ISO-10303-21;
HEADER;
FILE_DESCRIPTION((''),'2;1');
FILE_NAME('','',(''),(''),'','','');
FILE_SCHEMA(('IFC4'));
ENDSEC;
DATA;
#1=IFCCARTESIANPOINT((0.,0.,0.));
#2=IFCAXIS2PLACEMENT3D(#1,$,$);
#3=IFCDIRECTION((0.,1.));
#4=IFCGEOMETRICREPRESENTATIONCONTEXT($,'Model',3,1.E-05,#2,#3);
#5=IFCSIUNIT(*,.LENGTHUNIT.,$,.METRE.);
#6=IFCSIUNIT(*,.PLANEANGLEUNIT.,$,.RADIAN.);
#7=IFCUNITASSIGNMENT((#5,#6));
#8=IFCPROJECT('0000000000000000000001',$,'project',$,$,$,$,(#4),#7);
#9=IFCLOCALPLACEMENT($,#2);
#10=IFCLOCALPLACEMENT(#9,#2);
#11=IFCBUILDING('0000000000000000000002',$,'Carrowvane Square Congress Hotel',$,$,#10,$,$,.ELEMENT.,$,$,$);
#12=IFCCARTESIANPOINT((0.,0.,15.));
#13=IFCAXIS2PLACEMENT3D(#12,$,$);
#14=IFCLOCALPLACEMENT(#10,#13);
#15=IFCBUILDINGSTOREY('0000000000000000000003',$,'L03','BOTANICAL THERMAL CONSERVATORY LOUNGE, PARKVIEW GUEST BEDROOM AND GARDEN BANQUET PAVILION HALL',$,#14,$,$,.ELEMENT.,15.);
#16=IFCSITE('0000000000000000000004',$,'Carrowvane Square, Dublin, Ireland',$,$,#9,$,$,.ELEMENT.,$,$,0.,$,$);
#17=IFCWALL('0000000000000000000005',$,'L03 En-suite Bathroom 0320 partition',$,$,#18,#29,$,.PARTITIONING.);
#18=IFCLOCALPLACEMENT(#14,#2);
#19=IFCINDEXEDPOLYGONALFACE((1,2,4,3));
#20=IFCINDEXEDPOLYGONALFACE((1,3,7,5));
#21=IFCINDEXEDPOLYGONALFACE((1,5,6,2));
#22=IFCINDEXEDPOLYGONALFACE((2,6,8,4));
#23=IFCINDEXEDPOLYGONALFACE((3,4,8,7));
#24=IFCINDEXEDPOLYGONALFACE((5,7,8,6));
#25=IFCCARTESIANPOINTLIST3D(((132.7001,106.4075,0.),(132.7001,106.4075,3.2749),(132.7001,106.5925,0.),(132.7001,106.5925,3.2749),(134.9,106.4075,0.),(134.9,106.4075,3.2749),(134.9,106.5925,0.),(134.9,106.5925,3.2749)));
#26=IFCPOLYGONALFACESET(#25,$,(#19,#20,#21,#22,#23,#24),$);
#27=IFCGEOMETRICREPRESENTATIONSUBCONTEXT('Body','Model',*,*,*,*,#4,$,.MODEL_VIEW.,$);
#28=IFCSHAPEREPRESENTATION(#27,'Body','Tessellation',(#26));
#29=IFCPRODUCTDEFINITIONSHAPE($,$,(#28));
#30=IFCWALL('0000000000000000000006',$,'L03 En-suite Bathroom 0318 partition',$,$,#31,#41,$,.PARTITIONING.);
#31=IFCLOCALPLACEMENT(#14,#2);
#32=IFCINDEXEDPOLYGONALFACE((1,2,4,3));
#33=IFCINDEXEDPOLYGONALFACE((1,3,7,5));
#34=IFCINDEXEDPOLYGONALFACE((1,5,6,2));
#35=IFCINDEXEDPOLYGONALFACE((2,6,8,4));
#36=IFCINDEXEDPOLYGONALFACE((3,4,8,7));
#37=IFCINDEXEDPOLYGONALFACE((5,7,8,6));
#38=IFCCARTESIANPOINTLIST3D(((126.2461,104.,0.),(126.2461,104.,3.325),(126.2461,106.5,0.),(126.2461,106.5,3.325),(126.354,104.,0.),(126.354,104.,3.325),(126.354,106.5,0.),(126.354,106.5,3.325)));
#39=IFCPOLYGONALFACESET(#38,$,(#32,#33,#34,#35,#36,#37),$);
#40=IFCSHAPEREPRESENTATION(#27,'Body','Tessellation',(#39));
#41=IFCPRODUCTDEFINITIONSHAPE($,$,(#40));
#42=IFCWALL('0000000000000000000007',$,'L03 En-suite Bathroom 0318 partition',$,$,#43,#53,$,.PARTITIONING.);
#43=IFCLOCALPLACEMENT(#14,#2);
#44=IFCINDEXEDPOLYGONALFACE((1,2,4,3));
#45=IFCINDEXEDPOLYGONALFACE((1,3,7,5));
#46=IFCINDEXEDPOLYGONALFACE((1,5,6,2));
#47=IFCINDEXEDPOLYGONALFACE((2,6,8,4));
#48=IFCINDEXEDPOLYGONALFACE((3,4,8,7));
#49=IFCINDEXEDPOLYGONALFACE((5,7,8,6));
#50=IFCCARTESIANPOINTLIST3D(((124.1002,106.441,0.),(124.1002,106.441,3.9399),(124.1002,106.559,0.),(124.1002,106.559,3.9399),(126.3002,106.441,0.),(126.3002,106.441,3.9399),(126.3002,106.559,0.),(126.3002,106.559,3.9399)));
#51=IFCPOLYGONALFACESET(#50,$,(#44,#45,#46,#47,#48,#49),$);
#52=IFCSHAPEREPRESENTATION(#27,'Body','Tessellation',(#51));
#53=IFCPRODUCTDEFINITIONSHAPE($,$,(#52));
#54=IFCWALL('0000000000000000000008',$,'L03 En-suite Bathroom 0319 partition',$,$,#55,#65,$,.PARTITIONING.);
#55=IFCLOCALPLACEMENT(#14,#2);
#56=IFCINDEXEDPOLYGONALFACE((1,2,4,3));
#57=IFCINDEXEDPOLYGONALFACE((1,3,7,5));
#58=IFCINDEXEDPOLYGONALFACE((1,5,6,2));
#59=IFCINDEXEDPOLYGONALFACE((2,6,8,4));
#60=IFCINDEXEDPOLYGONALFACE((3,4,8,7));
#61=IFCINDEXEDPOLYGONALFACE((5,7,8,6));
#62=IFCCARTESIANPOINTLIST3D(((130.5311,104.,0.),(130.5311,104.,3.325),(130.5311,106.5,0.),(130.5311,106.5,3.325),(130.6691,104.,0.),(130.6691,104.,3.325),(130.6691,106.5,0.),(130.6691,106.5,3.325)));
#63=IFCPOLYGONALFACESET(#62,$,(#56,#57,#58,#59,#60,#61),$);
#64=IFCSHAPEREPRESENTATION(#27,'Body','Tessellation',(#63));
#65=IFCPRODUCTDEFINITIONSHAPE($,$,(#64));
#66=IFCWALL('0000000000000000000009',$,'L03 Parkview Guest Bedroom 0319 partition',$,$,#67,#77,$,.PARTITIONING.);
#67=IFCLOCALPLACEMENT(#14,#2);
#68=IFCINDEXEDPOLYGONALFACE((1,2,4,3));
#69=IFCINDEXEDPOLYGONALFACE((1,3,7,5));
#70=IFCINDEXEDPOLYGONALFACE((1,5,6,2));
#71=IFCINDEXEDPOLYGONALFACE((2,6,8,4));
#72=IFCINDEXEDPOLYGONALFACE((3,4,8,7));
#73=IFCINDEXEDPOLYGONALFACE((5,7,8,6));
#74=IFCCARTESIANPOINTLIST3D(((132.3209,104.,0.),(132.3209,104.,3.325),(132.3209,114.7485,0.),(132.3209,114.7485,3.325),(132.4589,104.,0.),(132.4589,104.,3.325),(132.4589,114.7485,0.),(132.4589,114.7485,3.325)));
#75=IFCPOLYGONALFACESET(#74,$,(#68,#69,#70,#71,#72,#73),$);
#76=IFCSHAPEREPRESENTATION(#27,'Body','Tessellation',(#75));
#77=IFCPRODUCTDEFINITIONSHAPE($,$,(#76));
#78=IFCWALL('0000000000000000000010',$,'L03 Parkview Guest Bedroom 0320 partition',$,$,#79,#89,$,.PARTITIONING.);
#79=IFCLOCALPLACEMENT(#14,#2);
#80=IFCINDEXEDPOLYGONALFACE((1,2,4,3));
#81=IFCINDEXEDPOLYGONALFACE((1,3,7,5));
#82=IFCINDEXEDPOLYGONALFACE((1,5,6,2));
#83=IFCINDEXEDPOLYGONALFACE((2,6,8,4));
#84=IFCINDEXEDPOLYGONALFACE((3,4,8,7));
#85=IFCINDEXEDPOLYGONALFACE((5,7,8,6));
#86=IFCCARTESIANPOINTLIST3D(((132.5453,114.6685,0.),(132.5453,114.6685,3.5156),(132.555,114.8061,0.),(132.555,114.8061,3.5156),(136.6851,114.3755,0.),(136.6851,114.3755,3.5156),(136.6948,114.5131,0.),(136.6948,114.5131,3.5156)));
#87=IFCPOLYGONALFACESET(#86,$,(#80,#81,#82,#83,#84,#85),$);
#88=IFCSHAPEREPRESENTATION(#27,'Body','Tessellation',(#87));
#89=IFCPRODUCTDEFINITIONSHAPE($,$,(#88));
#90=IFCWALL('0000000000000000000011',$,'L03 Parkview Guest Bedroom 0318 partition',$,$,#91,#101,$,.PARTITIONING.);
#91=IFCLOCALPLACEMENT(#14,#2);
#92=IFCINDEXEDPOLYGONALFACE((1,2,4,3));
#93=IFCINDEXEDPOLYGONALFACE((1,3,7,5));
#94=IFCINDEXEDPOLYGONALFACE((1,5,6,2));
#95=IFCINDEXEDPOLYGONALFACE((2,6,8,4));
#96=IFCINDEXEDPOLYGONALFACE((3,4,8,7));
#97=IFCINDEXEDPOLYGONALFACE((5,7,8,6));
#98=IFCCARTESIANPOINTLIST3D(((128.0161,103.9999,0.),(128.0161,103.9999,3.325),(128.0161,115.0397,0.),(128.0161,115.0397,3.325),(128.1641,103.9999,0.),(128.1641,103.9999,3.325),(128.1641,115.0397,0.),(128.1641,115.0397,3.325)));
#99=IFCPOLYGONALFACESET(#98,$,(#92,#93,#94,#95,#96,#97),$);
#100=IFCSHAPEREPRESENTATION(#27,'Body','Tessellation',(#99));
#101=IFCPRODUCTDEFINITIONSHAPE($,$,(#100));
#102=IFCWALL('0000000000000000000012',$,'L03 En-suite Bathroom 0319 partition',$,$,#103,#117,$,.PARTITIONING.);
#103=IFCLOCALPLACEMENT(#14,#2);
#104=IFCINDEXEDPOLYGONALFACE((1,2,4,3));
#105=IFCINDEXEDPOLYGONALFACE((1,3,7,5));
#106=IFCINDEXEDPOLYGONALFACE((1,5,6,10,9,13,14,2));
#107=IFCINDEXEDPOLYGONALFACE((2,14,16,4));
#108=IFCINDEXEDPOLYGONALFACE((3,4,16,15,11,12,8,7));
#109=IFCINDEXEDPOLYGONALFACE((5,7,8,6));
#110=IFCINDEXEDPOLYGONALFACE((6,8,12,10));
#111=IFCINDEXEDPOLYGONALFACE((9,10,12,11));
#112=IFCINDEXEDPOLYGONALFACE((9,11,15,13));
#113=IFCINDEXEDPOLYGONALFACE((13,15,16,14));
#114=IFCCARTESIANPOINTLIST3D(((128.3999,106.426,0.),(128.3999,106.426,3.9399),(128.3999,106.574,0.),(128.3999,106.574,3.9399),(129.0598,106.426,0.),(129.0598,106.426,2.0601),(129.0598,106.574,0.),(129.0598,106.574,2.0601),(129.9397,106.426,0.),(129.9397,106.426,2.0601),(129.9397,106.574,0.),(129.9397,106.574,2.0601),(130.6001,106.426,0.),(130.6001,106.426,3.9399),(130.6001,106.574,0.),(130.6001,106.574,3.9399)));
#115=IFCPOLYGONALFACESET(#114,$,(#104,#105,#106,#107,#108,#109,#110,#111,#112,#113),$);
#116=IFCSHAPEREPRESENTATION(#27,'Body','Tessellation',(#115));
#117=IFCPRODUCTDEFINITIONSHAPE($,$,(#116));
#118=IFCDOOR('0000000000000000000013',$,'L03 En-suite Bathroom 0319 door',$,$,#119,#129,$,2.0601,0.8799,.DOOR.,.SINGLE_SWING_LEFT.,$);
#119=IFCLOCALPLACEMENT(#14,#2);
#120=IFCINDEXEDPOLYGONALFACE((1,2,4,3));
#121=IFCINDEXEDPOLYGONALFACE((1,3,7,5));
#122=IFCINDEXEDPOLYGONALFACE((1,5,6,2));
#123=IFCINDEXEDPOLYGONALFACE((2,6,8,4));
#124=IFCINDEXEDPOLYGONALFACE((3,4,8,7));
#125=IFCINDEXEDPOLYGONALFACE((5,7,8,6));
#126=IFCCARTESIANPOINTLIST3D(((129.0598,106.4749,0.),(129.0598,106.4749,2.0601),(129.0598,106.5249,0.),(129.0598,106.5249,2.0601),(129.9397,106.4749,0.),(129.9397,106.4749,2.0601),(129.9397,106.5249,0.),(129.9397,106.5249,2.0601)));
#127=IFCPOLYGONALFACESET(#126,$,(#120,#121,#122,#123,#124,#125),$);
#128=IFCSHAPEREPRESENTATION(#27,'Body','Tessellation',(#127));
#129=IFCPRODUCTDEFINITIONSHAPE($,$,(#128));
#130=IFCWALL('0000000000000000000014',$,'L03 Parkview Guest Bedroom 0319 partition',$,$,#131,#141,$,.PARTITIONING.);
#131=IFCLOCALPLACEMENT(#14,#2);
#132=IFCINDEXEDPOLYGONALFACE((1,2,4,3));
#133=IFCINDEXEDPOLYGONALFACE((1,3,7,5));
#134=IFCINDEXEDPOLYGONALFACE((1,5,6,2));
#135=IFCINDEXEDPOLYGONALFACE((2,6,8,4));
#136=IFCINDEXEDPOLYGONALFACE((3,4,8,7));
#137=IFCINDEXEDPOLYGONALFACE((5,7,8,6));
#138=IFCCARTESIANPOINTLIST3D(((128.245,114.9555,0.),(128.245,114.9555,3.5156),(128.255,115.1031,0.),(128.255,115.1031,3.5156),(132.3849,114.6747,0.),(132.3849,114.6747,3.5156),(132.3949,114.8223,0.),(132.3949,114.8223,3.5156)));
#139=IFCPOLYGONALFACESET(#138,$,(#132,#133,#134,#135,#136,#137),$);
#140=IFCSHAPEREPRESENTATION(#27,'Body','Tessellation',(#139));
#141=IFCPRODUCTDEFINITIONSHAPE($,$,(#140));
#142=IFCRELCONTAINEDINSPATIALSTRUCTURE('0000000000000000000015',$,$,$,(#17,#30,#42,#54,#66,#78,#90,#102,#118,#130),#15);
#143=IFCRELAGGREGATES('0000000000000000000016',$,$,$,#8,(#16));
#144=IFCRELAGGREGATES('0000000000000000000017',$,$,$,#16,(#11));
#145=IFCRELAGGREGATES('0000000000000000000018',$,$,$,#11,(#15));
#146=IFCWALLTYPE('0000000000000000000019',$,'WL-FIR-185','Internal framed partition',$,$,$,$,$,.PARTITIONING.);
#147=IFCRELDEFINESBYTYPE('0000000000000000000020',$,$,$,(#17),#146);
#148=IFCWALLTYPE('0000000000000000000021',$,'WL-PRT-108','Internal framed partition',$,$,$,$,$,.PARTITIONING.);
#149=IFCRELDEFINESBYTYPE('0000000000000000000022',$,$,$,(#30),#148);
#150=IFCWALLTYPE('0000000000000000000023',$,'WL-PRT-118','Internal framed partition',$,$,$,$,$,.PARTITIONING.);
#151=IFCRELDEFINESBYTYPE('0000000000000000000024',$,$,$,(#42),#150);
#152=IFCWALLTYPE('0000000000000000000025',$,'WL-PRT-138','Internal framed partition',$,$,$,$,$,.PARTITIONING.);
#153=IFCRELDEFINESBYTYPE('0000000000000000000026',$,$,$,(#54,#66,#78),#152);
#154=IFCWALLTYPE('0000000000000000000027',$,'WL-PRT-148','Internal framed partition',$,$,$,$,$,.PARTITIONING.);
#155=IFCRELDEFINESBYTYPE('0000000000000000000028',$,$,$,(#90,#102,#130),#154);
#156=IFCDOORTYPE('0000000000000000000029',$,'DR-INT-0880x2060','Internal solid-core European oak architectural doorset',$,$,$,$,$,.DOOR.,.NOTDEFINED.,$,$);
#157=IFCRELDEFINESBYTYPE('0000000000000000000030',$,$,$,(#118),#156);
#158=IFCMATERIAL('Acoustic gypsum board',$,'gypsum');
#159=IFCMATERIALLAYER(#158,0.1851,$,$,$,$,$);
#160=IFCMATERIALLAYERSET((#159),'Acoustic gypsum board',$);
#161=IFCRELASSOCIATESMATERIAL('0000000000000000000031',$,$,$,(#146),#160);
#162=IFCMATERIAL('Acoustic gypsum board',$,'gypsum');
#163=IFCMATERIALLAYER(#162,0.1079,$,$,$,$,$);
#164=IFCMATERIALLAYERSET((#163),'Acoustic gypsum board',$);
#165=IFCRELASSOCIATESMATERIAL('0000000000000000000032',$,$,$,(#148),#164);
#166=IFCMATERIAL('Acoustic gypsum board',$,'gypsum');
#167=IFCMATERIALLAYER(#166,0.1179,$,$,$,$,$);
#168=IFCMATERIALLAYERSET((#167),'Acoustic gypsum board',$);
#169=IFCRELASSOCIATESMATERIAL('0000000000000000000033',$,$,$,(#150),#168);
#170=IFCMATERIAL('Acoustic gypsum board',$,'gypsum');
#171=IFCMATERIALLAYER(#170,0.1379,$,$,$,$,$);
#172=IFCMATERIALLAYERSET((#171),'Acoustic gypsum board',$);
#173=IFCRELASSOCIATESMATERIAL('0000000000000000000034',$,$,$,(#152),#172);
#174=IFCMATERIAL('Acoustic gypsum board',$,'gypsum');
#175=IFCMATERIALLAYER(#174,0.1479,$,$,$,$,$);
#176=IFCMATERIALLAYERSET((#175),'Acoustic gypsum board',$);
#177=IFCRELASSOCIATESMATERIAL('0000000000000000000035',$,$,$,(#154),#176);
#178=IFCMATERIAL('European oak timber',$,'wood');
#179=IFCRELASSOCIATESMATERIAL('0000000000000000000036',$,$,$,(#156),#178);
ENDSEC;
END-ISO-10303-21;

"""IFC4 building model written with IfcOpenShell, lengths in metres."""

from ifc_helpers import new_model, si_unit, direction, frame, frame_2d, origin, place, context, subcontext, project, spatial, rectangle, extrude, material, layer, layer_set, type_object, element, fill, save


model = new_model("IFC4")

# Units and contexts
model_context = context("Model", 3, precision=1e-05, world=origin(), true_north=direction((0.0, 1.0)))
body_context = subcontext(model_context, "Body", "Model", "MODEL_VIEW")
ifc_project = project(units=[si_unit("LENGTHUNIT", "METRE"), si_unit("PLANEANGLEUNIT", "RADIAN")], contexts=[model_context])

# Site, building, storey
site_placement = place(None, origin())
site = spatial("IfcSite", under=ifc_project, at=site_placement, Name="Carrowvane Square, Dublin, Ireland", CompositionType="ELEMENT", RefElevation=0.0)
building_placement = place(site_placement, origin())
building = spatial("IfcBuilding", under=site, at=building_placement, Name="Carrowvane Square Congress Hotel", CompositionType="ELEMENT")
storey_placement = place(building_placement, frame((0.0, 0.0, 15.0)))
storey = spatial("IfcBuildingStorey", under=building, at=storey_placement, Name="L03", Description="BOTANICAL THERMAL CONSERVATORY LOUNGE, PARKVIEW GUEST BEDROOM AND GARDEN BANQUET PAVILION HALL", CompositionType="ELEMENT", Elevation=15.0)

# Walls
ifc_material_1 = material(Name="Acoustic gypsum board", Category="gypsum")
ifc_layer_1 = layer(ifc_material_1, 0.1851)
ifc_layer_set_1 = layer_set([ifc_layer_1], Name="Acoustic gypsum board")
wall_type_1 = type_object("IfcWallType", Name="WL-FIR-185", Description="Internal framed partition", PredefinedType="PARTITIONING", material=ifc_layer_set_1)
wall_1_placement = place(storey_placement, frame((132.7, 106.5, 0.0), z_axis=(0.0, 0.0, 1.0), x_axis=(1.0, 0.0, 0.0)))
element("IfcWall", 1, at=wall_1_placement, inside=storey, type_object=wall_type_1, Name="L03 En-suite Bathroom 0320 partition", PredefinedType="PARTITIONING", context=body_context, shape_type="SweptSolid", body=[
    extrude(rectangle(XDim=2.2, YDim=0.1851, at=frame_2d((1.1001, 0.0))), origin(), (0.0, 0.0, 1.0), 3.2749),
])
ifc_material_2 = material(Name="Acoustic gypsum board", Category="gypsum")
ifc_layer_2 = layer(ifc_material_2, 0.1079)
ifc_layer_set_2 = layer_set([ifc_layer_2], Name="Acoustic gypsum board")
wall_type_2 = type_object("IfcWallType", Name="WL-PRT-108", Description="Internal framed partition", PredefinedType="PARTITIONING", material=ifc_layer_set_2)
wall_2_placement = place(storey_placement, frame((126.3, 106.5, 0.0), z_axis=(0.0, 0.0, 1.0), x_axis=(0.0, -1.0, 0.0)))
element("IfcWall", 2, at=wall_2_placement, inside=storey, type_object=wall_type_2, Name="L03 En-suite Bathroom 0318 partition", PredefinedType="PARTITIONING", context=body_context, shape_type="SweptSolid", body=[
    extrude(rectangle(XDim=2.5, YDim=0.1079, at=frame_2d((1.25, 0.0))), origin(), (0.0, 0.0, 1.0), 3.325),
])
ifc_material_3 = material(Name="Acoustic gypsum board", Category="gypsum")
ifc_layer_3 = layer(ifc_material_3, 0.1179)
ifc_layer_set_3 = layer_set([ifc_layer_3], Name="Acoustic gypsum board")
wall_type_3 = type_object("IfcWallType", Name="WL-PRT-118", Description="Internal framed partition", PredefinedType="PARTITIONING", material=ifc_layer_set_3)
wall_3_placement = place(storey_placement, frame((124.1001, 106.5, 0.0), z_axis=(0.0, 0.0, 1.0), x_axis=(1.0, 0.0, 0.0)))
element("IfcWall", 3, at=wall_3_placement, inside=storey, type_object=wall_type_3, Name="L03 En-suite Bathroom 0318 partition", PredefinedType="PARTITIONING", context=body_context, shape_type="SweptSolid", body=[
    extrude(rectangle(XDim=2.2, YDim=0.1179, at=frame_2d((1.1001, 0.0))), origin(), (0.0, 0.0, 1.0), 3.9399),
])
ifc_material_4 = material(Name="Acoustic gypsum board", Category="gypsum")
ifc_layer_4 = layer(ifc_material_4, 0.1379)
ifc_layer_set_4 = layer_set([ifc_layer_4], Name="Acoustic gypsum board")
wall_type_4 = type_object("IfcWallType", Name="WL-PRT-138", Description="Internal framed partition", PredefinedType="PARTITIONING", material=ifc_layer_set_4)
wall_4_placement = place(storey_placement, frame((130.6001, 106.5, 0.0), z_axis=(0.0, 0.0, 1.0), x_axis=(0.0, -1.0, 0.0)))
element("IfcWall", 4, at=wall_4_placement, inside=storey, type_object=wall_type_4, Name="L03 En-suite Bathroom 0319 partition", PredefinedType="PARTITIONING", context=body_context, shape_type="SweptSolid", body=[
    extrude(rectangle(XDim=2.5, YDim=0.1379, at=frame_2d((1.25, 0.0))), origin(), (0.0, 0.0, 1.0), 3.325),
])
wall_5_placement = place(storey_placement, frame((132.3899, 114.7485, 0.0), z_axis=(0.0, 0.0, 1.0), x_axis=(0.0, -1.0, 0.0)))
element("IfcWall", 5, at=wall_5_placement, inside=storey, type_object=wall_type_4, Name="L03 Parkview Guest Bedroom 0319 partition", PredefinedType="PARTITIONING", context=body_context, shape_type="SweptSolid", body=[
    extrude(rectangle(XDim=10.7485, YDim=0.1379, at=frame_2d((5.3743, 0.0))), origin(), (0.0, 0.0, 1.0), 3.325),
])
wall_6_placement = place(storey_placement, frame((132.55, 114.7373, 0.0), z_axis=(0.0, 0.0, 1.0), x_axis=(0.997505, -0.070591, 0.0)))
element("IfcWall", 6, at=wall_6_placement, inside=storey, type_object=wall_type_4, Name="L03 Parkview Guest Bedroom 0320 partition", PredefinedType="PARTITIONING", context=body_context, shape_type="SweptSolid", body=[
    extrude(rectangle(XDim=4.1501, YDim=0.1379, at=frame_2d((2.0752, 0.0))), origin(), (0.0, 0.0, 1.0), 3.5156),
])
ifc_material_5 = material(Name="Acoustic gypsum board", Category="gypsum")
ifc_layer_5 = layer(ifc_material_5, 0.1479)
ifc_layer_set_5 = layer_set([ifc_layer_5], Name="Acoustic gypsum board")
wall_type_5 = type_object("IfcWallType", Name="WL-PRT-148", Description="Internal framed partition", PredefinedType="PARTITIONING", material=ifc_layer_set_5)
wall_7_placement = place(storey_placement, frame((128.0901, 115.0398, 0.0), z_axis=(0.0, 0.0, 1.0), x_axis=(0.0, -1.0, 0.0)))
element("IfcWall", 7, at=wall_7_placement, inside=storey, type_object=wall_type_5, Name="L03 Parkview Guest Bedroom 0318 partition", PredefinedType="PARTITIONING", context=body_context, shape_type="SweptSolid", body=[
    extrude(rectangle(XDim=11.0398, YDim=0.1479, at=frame_2d((5.52, 0.0))), origin(), (0.0, 0.0, 1.0), 3.325),
])

# Wall, opening, door
wall_8_placement = place(storey_placement, frame((128.3999, 106.5, 0.0), z_axis=(0.0, 0.0, 1.0), x_axis=(1.0, 0.0, 0.0)))
wall_8 = element("IfcWall", 8, at=wall_8_placement, inside=storey, type_object=wall_type_5, Name="L03 En-suite Bathroom 0319 partition", PredefinedType="PARTITIONING", context=body_context, shape_type="SweptSolid", body=[
    extrude(rectangle(XDim=2.2002, YDim=0.1479, at=frame_2d((1.1001, 0.0))), origin(), (0.0, 0.0, 1.0), 3.9399),
])
opening_1_placement = place(wall_8_placement, frame((0.6599, 0.0, 0.0)))
opening_1 = element("IfcOpeningElement", 9, at=opening_1_placement, cuts=wall_8, PredefinedType="OPENING", context=body_context, shape_type="SweptSolid", body=[
    extrude(rectangle(XDim=0.8799, YDim=2.0601, at=frame_2d((0.4399, 1.03))), frame((0.0, 0.084, 0.0), z_axis=(0.0, -1.0, 0.0), x_axis=(1.0, 0.0, 0.0)), (0.0, 0.0, 1.0), 0.168),
])
ifc_material_6 = material(Name="European oak timber", Category="wood")
door_type_1 = type_object("IfcDoorType", Name="DR-INT-0880x2060", Description="Internal solid-core European oak architectural doorset", OperationType="NOTDEFINED", PredefinedType="DOOR", material=ifc_material_6)
door_1_placement = place(opening_1_placement, origin())
door_1 = element("IfcDoor", 10, at=door_1_placement, inside=storey, type_object=door_type_1, Name="L03 En-suite Bathroom 0319 door", OperationType="SINGLE_SWING_LEFT", OverallHeight=2.0601, OverallWidth=0.8799, PredefinedType="DOOR", context=body_context, shape_type="SweptSolid", body=[
    extrude(rectangle(XDim=0.8799, YDim=2.0601, at=frame_2d((0.4399, 1.03))), frame((0.0, 0.0249, 0.0), z_axis=(0.0, -1.0, 0.0), x_axis=(1.0, 0.0, 0.0)), (0.0, 0.0, 1.0), 0.05),
])
fill(opening_1, door_1)

# Wall
wall_9_placement = place(storey_placement, frame((128.25, 115.0293, 0.0), z_axis=(0.0, 0.0, 1.0), x_axis=(0.997708, -0.067663, 0.0)))
element("IfcWall", 11, at=wall_9_placement, inside=storey, type_object=wall_type_5, Name="L03 Parkview Guest Bedroom 0319 partition", PredefinedType="PARTITIONING", context=body_context, shape_type="SweptSolid", body=[
    extrude(rectangle(XDim=4.1494, YDim=0.1479, at=frame_2d((2.0747, 0.0))), origin(), (0.0, 0.0, 1.0), 3.5156),
])

save(model, "model.ifc")
